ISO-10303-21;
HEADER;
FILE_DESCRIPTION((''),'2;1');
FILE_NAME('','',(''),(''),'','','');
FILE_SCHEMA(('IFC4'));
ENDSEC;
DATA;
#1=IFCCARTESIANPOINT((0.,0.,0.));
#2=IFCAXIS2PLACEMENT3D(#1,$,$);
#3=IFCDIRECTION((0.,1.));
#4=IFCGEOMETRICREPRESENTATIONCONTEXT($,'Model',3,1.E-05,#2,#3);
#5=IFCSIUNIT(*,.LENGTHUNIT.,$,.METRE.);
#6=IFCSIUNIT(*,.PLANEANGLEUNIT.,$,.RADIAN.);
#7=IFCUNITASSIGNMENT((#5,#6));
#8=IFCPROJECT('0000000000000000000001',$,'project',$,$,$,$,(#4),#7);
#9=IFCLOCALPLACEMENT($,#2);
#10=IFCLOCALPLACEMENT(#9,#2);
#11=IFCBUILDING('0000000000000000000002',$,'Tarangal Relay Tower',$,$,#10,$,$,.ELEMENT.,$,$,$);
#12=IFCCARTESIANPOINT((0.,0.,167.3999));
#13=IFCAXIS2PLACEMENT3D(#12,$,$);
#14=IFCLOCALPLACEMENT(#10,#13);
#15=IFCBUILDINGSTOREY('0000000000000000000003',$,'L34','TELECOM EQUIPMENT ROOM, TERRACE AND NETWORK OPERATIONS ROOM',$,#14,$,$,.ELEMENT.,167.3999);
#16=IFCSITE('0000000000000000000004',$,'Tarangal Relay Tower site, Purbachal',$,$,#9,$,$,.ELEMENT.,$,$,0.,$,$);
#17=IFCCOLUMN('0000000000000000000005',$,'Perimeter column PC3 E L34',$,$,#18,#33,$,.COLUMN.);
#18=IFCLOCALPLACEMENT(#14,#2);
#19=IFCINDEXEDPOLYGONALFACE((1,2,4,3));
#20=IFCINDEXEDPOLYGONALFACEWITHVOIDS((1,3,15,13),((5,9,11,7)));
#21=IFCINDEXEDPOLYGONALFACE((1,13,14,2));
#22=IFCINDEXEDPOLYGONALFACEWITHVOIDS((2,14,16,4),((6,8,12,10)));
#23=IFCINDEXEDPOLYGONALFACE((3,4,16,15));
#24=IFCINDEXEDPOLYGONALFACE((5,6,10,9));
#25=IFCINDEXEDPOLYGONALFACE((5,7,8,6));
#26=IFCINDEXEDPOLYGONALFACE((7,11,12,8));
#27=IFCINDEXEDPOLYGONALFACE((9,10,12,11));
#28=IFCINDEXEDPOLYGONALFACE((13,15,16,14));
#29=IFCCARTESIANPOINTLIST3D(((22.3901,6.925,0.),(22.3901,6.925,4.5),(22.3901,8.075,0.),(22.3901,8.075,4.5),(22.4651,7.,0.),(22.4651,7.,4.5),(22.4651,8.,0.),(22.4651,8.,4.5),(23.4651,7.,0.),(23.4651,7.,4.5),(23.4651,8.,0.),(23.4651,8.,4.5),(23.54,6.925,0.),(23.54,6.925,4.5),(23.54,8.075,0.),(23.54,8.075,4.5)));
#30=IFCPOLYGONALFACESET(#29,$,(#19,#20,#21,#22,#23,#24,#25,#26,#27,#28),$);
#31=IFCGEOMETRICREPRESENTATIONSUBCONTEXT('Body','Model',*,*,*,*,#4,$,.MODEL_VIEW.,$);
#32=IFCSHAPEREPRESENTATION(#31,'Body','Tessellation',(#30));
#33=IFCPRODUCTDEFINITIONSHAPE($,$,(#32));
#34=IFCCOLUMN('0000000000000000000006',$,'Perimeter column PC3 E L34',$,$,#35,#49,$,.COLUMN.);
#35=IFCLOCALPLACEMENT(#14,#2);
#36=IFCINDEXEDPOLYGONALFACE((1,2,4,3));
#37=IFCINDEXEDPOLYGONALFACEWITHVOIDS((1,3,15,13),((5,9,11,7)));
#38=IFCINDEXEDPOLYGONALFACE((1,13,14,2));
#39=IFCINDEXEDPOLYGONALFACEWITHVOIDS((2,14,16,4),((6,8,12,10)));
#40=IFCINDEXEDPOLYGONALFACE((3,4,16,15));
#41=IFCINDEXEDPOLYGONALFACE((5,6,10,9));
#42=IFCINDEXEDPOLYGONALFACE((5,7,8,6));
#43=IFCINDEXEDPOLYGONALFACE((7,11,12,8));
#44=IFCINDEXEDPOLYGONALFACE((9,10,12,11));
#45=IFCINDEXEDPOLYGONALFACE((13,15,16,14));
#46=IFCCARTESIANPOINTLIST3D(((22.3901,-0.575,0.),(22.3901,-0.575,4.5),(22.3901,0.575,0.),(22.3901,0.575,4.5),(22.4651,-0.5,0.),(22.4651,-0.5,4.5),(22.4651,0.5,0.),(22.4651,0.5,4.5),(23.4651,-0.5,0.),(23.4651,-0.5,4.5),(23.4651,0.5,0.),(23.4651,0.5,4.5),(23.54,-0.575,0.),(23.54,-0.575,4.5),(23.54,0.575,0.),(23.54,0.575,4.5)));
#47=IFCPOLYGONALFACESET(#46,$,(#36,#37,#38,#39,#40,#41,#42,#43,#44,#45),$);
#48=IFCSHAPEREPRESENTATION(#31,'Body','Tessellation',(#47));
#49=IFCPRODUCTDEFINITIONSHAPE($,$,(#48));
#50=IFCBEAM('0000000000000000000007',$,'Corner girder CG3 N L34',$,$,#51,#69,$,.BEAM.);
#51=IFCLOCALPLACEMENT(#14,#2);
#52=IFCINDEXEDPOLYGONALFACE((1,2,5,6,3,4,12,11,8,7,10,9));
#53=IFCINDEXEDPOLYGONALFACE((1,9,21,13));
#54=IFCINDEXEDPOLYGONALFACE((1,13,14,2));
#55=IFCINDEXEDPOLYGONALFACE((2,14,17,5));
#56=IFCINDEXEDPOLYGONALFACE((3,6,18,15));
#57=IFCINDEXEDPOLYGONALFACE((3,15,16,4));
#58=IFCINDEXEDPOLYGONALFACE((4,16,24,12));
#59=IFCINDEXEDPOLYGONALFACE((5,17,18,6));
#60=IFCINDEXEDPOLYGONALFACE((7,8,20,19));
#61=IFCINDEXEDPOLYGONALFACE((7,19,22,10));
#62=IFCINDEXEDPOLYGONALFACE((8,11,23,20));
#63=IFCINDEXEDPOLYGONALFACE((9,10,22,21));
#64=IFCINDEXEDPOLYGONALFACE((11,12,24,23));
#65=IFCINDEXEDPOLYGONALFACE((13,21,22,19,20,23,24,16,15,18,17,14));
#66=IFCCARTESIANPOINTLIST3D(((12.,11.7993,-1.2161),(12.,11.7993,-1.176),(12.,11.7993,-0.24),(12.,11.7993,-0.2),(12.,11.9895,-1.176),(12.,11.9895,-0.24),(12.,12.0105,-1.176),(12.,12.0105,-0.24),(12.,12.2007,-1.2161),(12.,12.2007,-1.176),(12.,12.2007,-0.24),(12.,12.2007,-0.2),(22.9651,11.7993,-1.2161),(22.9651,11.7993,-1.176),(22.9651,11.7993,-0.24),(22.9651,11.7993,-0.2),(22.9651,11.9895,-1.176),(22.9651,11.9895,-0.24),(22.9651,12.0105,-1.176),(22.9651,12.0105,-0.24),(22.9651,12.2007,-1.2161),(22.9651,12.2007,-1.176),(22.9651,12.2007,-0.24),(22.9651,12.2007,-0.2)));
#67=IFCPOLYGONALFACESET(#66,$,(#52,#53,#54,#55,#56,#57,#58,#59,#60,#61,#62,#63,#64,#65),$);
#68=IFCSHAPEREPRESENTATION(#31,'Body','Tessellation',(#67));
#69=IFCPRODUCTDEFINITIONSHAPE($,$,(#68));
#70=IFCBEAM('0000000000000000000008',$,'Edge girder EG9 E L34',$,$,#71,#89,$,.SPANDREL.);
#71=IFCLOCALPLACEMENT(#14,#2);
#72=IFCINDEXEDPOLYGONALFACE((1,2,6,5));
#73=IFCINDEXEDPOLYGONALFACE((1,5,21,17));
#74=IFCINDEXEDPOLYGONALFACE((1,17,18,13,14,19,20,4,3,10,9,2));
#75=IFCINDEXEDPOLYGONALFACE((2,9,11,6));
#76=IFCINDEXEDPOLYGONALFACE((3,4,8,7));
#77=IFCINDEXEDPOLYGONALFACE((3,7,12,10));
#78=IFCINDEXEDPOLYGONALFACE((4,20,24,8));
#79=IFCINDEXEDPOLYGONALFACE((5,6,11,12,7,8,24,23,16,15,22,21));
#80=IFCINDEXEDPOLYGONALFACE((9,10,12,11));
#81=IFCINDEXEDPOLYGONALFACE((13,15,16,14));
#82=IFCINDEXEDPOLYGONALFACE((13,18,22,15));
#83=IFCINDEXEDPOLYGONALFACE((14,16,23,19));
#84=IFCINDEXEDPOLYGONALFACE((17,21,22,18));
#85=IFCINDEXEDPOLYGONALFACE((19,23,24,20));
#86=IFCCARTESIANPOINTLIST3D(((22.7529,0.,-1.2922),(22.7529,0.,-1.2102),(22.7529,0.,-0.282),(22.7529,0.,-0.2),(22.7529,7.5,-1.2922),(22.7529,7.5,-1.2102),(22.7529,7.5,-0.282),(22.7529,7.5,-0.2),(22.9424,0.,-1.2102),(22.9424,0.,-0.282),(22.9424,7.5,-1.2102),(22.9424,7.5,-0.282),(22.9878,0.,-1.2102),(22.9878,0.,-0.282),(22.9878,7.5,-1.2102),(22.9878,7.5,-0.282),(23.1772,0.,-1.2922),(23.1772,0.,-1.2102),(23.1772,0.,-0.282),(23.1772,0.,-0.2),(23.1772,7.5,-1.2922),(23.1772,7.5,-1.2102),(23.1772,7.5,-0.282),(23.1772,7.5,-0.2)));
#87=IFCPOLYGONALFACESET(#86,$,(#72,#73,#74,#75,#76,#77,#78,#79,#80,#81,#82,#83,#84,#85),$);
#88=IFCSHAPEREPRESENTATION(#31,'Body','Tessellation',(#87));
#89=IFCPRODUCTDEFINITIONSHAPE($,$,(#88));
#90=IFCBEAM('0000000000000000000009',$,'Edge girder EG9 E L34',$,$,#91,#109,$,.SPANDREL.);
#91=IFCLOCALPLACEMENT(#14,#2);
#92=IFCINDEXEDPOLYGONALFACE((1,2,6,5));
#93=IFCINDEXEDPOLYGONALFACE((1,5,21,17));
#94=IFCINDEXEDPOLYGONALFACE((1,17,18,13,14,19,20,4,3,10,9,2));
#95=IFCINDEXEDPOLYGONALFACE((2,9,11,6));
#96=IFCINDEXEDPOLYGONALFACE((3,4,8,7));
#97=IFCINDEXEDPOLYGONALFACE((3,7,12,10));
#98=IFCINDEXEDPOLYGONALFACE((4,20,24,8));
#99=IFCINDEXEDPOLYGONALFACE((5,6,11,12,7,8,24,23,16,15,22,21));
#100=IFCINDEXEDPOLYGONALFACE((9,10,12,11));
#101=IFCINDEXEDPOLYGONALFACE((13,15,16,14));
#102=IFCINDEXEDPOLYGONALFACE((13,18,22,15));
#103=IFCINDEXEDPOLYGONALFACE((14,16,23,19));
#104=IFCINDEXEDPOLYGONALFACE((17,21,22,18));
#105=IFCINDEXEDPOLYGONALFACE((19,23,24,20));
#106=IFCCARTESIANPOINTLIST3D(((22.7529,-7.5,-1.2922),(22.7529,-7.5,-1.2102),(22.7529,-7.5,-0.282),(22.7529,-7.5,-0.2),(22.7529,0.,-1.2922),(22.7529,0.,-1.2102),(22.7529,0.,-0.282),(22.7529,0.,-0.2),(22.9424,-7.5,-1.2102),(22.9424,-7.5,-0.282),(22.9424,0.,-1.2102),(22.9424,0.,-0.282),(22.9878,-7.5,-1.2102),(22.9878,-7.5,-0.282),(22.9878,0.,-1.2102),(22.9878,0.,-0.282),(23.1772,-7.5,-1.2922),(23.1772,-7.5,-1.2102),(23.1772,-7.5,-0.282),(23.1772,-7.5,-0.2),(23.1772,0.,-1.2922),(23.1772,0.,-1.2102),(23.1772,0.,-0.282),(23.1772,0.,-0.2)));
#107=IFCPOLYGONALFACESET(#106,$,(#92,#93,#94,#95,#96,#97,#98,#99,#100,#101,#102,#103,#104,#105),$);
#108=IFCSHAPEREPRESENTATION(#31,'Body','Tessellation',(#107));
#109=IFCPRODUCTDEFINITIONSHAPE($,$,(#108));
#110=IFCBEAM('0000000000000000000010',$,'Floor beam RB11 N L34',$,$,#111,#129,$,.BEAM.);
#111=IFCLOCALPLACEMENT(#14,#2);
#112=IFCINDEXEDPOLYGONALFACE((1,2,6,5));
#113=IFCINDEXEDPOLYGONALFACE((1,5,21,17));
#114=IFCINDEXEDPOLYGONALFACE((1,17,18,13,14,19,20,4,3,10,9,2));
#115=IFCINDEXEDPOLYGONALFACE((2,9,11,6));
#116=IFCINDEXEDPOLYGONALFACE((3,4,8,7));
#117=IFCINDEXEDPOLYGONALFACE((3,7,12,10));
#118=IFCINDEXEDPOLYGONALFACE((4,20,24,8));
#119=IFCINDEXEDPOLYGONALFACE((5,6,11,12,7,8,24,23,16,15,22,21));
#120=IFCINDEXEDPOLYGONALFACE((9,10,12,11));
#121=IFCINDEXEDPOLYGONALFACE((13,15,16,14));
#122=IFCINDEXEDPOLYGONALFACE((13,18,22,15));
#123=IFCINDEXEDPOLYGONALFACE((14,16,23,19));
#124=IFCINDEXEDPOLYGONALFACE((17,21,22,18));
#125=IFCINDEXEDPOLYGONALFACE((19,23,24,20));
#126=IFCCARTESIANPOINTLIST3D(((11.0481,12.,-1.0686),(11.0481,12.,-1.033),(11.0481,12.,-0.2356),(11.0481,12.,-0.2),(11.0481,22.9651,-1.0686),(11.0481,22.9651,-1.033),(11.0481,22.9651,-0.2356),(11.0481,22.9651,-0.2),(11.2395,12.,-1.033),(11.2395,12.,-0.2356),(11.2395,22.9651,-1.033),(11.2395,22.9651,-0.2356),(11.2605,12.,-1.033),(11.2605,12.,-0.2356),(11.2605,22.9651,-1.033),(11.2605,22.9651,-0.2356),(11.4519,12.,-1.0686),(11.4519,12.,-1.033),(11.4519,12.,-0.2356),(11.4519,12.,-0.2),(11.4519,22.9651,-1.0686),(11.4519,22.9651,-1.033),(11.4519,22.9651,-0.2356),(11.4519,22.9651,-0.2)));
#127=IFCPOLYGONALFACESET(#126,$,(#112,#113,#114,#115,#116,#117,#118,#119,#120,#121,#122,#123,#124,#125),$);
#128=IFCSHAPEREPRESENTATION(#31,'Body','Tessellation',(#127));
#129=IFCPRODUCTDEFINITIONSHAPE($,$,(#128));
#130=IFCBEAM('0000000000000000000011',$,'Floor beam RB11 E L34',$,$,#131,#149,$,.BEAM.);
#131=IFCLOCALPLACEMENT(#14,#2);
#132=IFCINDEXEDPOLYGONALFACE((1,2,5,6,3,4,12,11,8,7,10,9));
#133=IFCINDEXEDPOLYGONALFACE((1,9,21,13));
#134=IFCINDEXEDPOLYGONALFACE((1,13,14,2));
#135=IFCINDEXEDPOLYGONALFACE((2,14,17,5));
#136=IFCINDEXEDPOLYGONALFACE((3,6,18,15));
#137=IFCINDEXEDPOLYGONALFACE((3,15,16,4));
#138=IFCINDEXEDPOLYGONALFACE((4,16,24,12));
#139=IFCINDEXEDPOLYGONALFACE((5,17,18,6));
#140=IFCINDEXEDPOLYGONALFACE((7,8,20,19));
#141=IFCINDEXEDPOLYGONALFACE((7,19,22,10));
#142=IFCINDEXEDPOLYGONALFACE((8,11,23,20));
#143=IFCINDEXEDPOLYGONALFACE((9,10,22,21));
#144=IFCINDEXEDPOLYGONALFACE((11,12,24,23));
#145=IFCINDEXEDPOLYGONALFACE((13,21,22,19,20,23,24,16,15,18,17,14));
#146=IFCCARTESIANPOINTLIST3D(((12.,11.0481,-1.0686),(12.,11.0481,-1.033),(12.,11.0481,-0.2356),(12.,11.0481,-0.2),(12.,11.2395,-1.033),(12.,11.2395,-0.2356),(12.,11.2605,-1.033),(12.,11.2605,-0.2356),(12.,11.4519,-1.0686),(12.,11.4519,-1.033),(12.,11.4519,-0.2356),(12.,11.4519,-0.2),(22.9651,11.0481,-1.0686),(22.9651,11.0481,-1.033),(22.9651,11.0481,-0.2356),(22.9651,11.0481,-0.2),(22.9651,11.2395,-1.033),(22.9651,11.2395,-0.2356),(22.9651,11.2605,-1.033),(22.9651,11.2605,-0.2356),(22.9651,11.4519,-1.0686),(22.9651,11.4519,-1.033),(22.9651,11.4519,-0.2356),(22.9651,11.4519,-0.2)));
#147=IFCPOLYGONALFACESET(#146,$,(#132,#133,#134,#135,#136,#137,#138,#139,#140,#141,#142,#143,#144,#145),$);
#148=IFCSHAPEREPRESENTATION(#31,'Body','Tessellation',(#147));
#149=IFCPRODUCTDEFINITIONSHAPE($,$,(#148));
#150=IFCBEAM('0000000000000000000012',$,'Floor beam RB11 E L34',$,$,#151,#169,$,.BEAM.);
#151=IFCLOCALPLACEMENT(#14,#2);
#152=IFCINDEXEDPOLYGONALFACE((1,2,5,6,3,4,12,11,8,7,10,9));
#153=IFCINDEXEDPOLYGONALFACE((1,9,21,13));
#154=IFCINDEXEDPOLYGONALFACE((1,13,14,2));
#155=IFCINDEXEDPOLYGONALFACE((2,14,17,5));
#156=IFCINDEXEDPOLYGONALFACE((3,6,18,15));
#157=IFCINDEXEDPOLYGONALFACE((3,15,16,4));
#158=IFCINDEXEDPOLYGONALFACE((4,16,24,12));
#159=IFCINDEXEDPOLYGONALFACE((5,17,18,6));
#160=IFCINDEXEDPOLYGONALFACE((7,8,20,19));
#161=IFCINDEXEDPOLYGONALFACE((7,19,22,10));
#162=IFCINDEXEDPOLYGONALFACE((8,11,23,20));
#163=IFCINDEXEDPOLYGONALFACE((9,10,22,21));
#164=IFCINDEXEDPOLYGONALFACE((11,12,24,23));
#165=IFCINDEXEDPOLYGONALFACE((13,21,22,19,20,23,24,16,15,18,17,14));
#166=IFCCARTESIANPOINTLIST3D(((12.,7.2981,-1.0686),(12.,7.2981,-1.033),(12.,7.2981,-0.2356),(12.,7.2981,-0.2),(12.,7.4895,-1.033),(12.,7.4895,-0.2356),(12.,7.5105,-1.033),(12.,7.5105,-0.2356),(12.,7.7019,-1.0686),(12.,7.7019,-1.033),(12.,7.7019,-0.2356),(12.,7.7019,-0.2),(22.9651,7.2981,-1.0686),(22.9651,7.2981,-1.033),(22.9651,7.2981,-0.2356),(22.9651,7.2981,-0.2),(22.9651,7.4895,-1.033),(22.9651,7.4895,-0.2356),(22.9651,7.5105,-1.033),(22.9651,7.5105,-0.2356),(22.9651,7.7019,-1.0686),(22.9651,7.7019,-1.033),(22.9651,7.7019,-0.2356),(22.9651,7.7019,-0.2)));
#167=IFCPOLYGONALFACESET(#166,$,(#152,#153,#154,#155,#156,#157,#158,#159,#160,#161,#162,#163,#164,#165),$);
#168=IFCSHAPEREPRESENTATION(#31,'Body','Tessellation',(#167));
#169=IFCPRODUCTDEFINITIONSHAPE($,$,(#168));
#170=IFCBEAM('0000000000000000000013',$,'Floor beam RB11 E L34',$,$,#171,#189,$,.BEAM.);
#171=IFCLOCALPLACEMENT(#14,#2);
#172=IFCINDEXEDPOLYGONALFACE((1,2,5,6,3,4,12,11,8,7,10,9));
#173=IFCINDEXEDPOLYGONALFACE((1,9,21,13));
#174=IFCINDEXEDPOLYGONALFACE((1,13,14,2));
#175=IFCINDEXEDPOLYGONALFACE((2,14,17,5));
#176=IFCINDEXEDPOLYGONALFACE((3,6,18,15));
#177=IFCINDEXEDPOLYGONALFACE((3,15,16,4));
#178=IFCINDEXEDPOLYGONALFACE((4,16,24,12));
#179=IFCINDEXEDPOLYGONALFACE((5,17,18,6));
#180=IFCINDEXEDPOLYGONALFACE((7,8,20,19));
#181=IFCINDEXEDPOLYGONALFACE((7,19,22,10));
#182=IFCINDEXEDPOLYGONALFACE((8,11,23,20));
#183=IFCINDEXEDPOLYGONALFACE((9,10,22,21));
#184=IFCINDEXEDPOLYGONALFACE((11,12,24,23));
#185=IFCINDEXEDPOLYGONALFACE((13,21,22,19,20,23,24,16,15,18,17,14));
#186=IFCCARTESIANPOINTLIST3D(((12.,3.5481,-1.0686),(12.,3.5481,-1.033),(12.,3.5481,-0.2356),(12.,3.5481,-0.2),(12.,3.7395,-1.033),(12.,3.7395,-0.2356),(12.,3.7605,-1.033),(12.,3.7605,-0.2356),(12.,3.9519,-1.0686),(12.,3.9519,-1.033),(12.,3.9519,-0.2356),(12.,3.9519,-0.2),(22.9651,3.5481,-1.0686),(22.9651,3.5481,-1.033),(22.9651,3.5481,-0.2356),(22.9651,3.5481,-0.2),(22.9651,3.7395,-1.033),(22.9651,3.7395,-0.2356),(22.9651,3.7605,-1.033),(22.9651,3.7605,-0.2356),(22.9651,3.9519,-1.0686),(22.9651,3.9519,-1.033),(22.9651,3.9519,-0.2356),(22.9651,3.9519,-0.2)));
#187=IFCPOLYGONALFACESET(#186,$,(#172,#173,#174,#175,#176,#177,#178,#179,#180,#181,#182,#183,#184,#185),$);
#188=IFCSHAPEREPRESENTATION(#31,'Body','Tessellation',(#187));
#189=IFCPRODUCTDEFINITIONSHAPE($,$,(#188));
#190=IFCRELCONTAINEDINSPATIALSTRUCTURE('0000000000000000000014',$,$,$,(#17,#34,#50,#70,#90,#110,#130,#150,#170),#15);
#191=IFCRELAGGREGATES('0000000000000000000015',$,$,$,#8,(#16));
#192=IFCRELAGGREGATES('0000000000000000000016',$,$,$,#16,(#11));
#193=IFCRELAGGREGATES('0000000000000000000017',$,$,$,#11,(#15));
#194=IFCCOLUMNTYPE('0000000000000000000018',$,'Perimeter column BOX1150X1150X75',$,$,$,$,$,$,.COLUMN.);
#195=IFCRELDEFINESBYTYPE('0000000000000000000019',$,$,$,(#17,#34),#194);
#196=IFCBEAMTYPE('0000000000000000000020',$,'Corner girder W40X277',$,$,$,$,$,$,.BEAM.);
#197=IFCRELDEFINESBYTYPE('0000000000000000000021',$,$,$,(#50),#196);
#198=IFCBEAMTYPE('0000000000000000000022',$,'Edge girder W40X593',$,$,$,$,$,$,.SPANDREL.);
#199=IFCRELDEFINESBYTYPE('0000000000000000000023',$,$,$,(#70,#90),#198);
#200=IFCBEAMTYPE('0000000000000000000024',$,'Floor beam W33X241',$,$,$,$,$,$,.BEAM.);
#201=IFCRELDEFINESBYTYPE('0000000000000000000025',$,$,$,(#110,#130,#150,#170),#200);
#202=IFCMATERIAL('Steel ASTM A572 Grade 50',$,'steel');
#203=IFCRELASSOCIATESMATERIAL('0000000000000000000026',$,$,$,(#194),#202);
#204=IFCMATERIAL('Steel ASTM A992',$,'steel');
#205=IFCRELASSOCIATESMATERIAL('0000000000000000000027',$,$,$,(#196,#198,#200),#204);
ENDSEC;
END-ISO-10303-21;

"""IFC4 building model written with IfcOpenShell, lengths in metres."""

from ifc_helpers import new_model, si_unit, direction, frame, origin, origin_2d, place, context, subcontext, project, spatial, hollow_rectangle, i_section, extrude, material, material_profile, profile_set, type_object, element, save


model = new_model("IFC4")

# Units and contexts
model_context = context("Model", 3, precision=1e-05, world=origin(), true_north=direction((0.0, 1.0)))
body_context = subcontext(model_context, "Body", "Model", "MODEL_VIEW")
ifc_project = project(units=[si_unit("LENGTHUNIT", "METRE"), si_unit("PLANEANGLEUNIT", "RADIAN")], contexts=[model_context])

# Site, building, storey
site_placement = place(None, origin())
site = spatial("IfcSite", under=ifc_project, at=site_placement, Name="Tarangal Relay Tower site, Purbachal", CompositionType="ELEMENT", RefElevation=0.0)
building_placement = place(site_placement, origin())
building = spatial("IfcBuilding", under=site, at=building_placement, Name="Tarangal Relay Tower", CompositionType="ELEMENT")
storey_placement = place(building_placement, frame((0.0, 0.0, 167.3999)))
storey = spatial("IfcBuildingStorey", under=building, at=storey_placement, Name="L34", Description="TELECOM EQUIPMENT ROOM, TERRACE AND NETWORK OPERATIONS ROOM", CompositionType="ELEMENT", Elevation=167.3999)

# Columns
ifc_material_1 = material(Name="Steel ASTM A572 Grade 50", Category="steel")
ifc_material_profile_1 = material_profile(ifc_material_1, hollow_rectangle(XDim=1.1499, YDim=1.1499, WallThickness=0.075, at=origin_2d()), Name="BOX1150X1150X75")
ifc_profile_set_1 = profile_set([ifc_material_profile_1], Name="Steel ASTM A572 Grade 50")
column_type = type_object("IfcColumnType", Name="Perimeter column BOX1150X1150X75", PredefinedType="COLUMN", material=ifc_profile_set_1)
for number, where, z_axis, x_axis, name in (
    (1, (22.9651, 7.5, 0.0), (0.0, 0.0, 1.0), (1.0, 0.0, 0.0), "Perimeter column PC3 E L34"),
    (2, (22.9651, 0.0, 0.0), (0.0, 0.0, 1.0), (1.0, 0.0, 0.0), "Perimeter column PC3 E L34"),
):
    element("IfcColumn", number, at=place(storey_placement, frame(where, z_axis=z_axis, x_axis=x_axis)), inside=storey, type_object=column_type, Name=name, PredefinedType="COLUMN", context=body_context, shape_type="SweptSolid", body=[
        extrude(hollow_rectangle(XDim=1.1499, YDim=1.1499, WallThickness=0.075, at=origin_2d()), origin(), (0.0, 0.0, 1.0), 4.5),
    ])

# Beams
ifc_material_2 = material(Name="Steel ASTM A992", Category="steel")
ifc_material_profile_2 = material_profile(ifc_material_2, i_section(OverallWidth=0.4014, OverallDepth=1.0161, WebThickness=0.021, FlangeThickness=0.04, at=origin_2d()), Name="W40X277")
ifc_profile_set_2 = profile_set([ifc_material_profile_2], Name="Steel ASTM A992")
beam_type_1 = type_object("IfcBeamType", Name="Corner girder W40X277", PredefinedType="BEAM", material=ifc_profile_set_2)
beam_placement = place(storey_placement, frame((12.0, 12.0, -0.708), z_axis=(1.0, 0.0, 0.0), x_axis=(0.0, 1.0, 0.0)))
element("IfcBeam", 3, at=beam_placement, inside=storey, type_object=beam_type_1, Name="Corner girder CG3 N L34", PredefinedType="BEAM", context=body_context, shape_type="SweptSolid", body=[
    extrude(i_section(OverallWidth=0.4014, OverallDepth=1.0161, WebThickness=0.021, FlangeThickness=0.04, at=origin_2d()), origin(), (0.0, 0.0, 1.0), 10.9651),
])
ifc_material_profile_3 = material_profile(ifc_material_2, i_section(OverallWidth=0.4243, OverallDepth=1.0923, WebThickness=0.0454, FlangeThickness=0.082, at=origin_2d()), Name="W40X593")
ifc_profile_set_3 = profile_set([ifc_material_profile_3], Name="Steel ASTM A992")
beam_type_2 = type_object("IfcBeamType", Name="Edge girder W40X593", PredefinedType="SPANDREL", material=ifc_profile_set_3)
for number, where, z_axis, x_axis, name in (
    (4, (22.9651, 7.5, -0.7461), (0.0, -1.0, 0.0), (1.0, 0.0, 0.0), "Edge girder EG9 E L34"),
    (5, (22.9651, 0.0, -0.7461), (0.0, -1.0, 0.0), (1.0, 0.0, 0.0), "Edge girder EG9 E L34"),
):
    element("IfcBeam", number, at=place(storey_placement, frame(where, z_axis=z_axis, x_axis=x_axis)), inside=storey, type_object=beam_type_2, Name=name, PredefinedType="SPANDREL", context=body_context, shape_type="SweptSolid", body=[
        extrude(i_section(OverallWidth=0.4243, OverallDepth=1.0923, WebThickness=0.0454, FlangeThickness=0.082, at=origin_2d()), origin(), (0.0, 0.0, 1.0), 7.5),
    ])
ifc_material_profile_4 = material_profile(ifc_material_2, i_section(OverallWidth=0.4038, OverallDepth=0.8687, WebThickness=0.021, FlangeThickness=0.0356, at=origin_2d()), Name="W33X241")
ifc_profile_set_4 = profile_set([ifc_material_profile_4], Name="Steel ASTM A992")
beam_type_3 = type_object("IfcBeamType", Name="Floor beam W33X241", PredefinedType="BEAM", material=ifc_profile_set_4)
for number, where, z_axis, x_axis, name in (
    (6, (11.25, 12.0, -0.6343), (0.0, 1.0, 0.0), (-1.0, 0.0, 0.0), "Floor beam RB11 N L34"),
    (7, (12.0, 11.25, -0.6343), (1.0, 0.0, 0.0), (0.0, 1.0, 0.0), "Floor beam RB11 E L34"),
    (8, (12.0, 7.5, -0.6343), (1.0, 0.0, 0.0), (0.0, 1.0, 0.0), "Floor beam RB11 E L34"),
    (9, (12.0, 3.75, -0.6343), (1.0, 0.0, 0.0), (0.0, 1.0, 0.0), "Floor beam RB11 E L34"),
):
    element("IfcBeam", number, at=place(storey_placement, frame(where, z_axis=z_axis, x_axis=x_axis)), inside=storey, type_object=beam_type_3, Name=name, PredefinedType="BEAM", context=body_context, shape_type="SweptSolid", body=[
        extrude(i_section(OverallWidth=0.4038, OverallDepth=0.8687, WebThickness=0.021, FlangeThickness=0.0356, at=origin_2d()), origin(), (0.0, 0.0, 1.0), 10.9651),
    ])

save(model, "model.ifc")
